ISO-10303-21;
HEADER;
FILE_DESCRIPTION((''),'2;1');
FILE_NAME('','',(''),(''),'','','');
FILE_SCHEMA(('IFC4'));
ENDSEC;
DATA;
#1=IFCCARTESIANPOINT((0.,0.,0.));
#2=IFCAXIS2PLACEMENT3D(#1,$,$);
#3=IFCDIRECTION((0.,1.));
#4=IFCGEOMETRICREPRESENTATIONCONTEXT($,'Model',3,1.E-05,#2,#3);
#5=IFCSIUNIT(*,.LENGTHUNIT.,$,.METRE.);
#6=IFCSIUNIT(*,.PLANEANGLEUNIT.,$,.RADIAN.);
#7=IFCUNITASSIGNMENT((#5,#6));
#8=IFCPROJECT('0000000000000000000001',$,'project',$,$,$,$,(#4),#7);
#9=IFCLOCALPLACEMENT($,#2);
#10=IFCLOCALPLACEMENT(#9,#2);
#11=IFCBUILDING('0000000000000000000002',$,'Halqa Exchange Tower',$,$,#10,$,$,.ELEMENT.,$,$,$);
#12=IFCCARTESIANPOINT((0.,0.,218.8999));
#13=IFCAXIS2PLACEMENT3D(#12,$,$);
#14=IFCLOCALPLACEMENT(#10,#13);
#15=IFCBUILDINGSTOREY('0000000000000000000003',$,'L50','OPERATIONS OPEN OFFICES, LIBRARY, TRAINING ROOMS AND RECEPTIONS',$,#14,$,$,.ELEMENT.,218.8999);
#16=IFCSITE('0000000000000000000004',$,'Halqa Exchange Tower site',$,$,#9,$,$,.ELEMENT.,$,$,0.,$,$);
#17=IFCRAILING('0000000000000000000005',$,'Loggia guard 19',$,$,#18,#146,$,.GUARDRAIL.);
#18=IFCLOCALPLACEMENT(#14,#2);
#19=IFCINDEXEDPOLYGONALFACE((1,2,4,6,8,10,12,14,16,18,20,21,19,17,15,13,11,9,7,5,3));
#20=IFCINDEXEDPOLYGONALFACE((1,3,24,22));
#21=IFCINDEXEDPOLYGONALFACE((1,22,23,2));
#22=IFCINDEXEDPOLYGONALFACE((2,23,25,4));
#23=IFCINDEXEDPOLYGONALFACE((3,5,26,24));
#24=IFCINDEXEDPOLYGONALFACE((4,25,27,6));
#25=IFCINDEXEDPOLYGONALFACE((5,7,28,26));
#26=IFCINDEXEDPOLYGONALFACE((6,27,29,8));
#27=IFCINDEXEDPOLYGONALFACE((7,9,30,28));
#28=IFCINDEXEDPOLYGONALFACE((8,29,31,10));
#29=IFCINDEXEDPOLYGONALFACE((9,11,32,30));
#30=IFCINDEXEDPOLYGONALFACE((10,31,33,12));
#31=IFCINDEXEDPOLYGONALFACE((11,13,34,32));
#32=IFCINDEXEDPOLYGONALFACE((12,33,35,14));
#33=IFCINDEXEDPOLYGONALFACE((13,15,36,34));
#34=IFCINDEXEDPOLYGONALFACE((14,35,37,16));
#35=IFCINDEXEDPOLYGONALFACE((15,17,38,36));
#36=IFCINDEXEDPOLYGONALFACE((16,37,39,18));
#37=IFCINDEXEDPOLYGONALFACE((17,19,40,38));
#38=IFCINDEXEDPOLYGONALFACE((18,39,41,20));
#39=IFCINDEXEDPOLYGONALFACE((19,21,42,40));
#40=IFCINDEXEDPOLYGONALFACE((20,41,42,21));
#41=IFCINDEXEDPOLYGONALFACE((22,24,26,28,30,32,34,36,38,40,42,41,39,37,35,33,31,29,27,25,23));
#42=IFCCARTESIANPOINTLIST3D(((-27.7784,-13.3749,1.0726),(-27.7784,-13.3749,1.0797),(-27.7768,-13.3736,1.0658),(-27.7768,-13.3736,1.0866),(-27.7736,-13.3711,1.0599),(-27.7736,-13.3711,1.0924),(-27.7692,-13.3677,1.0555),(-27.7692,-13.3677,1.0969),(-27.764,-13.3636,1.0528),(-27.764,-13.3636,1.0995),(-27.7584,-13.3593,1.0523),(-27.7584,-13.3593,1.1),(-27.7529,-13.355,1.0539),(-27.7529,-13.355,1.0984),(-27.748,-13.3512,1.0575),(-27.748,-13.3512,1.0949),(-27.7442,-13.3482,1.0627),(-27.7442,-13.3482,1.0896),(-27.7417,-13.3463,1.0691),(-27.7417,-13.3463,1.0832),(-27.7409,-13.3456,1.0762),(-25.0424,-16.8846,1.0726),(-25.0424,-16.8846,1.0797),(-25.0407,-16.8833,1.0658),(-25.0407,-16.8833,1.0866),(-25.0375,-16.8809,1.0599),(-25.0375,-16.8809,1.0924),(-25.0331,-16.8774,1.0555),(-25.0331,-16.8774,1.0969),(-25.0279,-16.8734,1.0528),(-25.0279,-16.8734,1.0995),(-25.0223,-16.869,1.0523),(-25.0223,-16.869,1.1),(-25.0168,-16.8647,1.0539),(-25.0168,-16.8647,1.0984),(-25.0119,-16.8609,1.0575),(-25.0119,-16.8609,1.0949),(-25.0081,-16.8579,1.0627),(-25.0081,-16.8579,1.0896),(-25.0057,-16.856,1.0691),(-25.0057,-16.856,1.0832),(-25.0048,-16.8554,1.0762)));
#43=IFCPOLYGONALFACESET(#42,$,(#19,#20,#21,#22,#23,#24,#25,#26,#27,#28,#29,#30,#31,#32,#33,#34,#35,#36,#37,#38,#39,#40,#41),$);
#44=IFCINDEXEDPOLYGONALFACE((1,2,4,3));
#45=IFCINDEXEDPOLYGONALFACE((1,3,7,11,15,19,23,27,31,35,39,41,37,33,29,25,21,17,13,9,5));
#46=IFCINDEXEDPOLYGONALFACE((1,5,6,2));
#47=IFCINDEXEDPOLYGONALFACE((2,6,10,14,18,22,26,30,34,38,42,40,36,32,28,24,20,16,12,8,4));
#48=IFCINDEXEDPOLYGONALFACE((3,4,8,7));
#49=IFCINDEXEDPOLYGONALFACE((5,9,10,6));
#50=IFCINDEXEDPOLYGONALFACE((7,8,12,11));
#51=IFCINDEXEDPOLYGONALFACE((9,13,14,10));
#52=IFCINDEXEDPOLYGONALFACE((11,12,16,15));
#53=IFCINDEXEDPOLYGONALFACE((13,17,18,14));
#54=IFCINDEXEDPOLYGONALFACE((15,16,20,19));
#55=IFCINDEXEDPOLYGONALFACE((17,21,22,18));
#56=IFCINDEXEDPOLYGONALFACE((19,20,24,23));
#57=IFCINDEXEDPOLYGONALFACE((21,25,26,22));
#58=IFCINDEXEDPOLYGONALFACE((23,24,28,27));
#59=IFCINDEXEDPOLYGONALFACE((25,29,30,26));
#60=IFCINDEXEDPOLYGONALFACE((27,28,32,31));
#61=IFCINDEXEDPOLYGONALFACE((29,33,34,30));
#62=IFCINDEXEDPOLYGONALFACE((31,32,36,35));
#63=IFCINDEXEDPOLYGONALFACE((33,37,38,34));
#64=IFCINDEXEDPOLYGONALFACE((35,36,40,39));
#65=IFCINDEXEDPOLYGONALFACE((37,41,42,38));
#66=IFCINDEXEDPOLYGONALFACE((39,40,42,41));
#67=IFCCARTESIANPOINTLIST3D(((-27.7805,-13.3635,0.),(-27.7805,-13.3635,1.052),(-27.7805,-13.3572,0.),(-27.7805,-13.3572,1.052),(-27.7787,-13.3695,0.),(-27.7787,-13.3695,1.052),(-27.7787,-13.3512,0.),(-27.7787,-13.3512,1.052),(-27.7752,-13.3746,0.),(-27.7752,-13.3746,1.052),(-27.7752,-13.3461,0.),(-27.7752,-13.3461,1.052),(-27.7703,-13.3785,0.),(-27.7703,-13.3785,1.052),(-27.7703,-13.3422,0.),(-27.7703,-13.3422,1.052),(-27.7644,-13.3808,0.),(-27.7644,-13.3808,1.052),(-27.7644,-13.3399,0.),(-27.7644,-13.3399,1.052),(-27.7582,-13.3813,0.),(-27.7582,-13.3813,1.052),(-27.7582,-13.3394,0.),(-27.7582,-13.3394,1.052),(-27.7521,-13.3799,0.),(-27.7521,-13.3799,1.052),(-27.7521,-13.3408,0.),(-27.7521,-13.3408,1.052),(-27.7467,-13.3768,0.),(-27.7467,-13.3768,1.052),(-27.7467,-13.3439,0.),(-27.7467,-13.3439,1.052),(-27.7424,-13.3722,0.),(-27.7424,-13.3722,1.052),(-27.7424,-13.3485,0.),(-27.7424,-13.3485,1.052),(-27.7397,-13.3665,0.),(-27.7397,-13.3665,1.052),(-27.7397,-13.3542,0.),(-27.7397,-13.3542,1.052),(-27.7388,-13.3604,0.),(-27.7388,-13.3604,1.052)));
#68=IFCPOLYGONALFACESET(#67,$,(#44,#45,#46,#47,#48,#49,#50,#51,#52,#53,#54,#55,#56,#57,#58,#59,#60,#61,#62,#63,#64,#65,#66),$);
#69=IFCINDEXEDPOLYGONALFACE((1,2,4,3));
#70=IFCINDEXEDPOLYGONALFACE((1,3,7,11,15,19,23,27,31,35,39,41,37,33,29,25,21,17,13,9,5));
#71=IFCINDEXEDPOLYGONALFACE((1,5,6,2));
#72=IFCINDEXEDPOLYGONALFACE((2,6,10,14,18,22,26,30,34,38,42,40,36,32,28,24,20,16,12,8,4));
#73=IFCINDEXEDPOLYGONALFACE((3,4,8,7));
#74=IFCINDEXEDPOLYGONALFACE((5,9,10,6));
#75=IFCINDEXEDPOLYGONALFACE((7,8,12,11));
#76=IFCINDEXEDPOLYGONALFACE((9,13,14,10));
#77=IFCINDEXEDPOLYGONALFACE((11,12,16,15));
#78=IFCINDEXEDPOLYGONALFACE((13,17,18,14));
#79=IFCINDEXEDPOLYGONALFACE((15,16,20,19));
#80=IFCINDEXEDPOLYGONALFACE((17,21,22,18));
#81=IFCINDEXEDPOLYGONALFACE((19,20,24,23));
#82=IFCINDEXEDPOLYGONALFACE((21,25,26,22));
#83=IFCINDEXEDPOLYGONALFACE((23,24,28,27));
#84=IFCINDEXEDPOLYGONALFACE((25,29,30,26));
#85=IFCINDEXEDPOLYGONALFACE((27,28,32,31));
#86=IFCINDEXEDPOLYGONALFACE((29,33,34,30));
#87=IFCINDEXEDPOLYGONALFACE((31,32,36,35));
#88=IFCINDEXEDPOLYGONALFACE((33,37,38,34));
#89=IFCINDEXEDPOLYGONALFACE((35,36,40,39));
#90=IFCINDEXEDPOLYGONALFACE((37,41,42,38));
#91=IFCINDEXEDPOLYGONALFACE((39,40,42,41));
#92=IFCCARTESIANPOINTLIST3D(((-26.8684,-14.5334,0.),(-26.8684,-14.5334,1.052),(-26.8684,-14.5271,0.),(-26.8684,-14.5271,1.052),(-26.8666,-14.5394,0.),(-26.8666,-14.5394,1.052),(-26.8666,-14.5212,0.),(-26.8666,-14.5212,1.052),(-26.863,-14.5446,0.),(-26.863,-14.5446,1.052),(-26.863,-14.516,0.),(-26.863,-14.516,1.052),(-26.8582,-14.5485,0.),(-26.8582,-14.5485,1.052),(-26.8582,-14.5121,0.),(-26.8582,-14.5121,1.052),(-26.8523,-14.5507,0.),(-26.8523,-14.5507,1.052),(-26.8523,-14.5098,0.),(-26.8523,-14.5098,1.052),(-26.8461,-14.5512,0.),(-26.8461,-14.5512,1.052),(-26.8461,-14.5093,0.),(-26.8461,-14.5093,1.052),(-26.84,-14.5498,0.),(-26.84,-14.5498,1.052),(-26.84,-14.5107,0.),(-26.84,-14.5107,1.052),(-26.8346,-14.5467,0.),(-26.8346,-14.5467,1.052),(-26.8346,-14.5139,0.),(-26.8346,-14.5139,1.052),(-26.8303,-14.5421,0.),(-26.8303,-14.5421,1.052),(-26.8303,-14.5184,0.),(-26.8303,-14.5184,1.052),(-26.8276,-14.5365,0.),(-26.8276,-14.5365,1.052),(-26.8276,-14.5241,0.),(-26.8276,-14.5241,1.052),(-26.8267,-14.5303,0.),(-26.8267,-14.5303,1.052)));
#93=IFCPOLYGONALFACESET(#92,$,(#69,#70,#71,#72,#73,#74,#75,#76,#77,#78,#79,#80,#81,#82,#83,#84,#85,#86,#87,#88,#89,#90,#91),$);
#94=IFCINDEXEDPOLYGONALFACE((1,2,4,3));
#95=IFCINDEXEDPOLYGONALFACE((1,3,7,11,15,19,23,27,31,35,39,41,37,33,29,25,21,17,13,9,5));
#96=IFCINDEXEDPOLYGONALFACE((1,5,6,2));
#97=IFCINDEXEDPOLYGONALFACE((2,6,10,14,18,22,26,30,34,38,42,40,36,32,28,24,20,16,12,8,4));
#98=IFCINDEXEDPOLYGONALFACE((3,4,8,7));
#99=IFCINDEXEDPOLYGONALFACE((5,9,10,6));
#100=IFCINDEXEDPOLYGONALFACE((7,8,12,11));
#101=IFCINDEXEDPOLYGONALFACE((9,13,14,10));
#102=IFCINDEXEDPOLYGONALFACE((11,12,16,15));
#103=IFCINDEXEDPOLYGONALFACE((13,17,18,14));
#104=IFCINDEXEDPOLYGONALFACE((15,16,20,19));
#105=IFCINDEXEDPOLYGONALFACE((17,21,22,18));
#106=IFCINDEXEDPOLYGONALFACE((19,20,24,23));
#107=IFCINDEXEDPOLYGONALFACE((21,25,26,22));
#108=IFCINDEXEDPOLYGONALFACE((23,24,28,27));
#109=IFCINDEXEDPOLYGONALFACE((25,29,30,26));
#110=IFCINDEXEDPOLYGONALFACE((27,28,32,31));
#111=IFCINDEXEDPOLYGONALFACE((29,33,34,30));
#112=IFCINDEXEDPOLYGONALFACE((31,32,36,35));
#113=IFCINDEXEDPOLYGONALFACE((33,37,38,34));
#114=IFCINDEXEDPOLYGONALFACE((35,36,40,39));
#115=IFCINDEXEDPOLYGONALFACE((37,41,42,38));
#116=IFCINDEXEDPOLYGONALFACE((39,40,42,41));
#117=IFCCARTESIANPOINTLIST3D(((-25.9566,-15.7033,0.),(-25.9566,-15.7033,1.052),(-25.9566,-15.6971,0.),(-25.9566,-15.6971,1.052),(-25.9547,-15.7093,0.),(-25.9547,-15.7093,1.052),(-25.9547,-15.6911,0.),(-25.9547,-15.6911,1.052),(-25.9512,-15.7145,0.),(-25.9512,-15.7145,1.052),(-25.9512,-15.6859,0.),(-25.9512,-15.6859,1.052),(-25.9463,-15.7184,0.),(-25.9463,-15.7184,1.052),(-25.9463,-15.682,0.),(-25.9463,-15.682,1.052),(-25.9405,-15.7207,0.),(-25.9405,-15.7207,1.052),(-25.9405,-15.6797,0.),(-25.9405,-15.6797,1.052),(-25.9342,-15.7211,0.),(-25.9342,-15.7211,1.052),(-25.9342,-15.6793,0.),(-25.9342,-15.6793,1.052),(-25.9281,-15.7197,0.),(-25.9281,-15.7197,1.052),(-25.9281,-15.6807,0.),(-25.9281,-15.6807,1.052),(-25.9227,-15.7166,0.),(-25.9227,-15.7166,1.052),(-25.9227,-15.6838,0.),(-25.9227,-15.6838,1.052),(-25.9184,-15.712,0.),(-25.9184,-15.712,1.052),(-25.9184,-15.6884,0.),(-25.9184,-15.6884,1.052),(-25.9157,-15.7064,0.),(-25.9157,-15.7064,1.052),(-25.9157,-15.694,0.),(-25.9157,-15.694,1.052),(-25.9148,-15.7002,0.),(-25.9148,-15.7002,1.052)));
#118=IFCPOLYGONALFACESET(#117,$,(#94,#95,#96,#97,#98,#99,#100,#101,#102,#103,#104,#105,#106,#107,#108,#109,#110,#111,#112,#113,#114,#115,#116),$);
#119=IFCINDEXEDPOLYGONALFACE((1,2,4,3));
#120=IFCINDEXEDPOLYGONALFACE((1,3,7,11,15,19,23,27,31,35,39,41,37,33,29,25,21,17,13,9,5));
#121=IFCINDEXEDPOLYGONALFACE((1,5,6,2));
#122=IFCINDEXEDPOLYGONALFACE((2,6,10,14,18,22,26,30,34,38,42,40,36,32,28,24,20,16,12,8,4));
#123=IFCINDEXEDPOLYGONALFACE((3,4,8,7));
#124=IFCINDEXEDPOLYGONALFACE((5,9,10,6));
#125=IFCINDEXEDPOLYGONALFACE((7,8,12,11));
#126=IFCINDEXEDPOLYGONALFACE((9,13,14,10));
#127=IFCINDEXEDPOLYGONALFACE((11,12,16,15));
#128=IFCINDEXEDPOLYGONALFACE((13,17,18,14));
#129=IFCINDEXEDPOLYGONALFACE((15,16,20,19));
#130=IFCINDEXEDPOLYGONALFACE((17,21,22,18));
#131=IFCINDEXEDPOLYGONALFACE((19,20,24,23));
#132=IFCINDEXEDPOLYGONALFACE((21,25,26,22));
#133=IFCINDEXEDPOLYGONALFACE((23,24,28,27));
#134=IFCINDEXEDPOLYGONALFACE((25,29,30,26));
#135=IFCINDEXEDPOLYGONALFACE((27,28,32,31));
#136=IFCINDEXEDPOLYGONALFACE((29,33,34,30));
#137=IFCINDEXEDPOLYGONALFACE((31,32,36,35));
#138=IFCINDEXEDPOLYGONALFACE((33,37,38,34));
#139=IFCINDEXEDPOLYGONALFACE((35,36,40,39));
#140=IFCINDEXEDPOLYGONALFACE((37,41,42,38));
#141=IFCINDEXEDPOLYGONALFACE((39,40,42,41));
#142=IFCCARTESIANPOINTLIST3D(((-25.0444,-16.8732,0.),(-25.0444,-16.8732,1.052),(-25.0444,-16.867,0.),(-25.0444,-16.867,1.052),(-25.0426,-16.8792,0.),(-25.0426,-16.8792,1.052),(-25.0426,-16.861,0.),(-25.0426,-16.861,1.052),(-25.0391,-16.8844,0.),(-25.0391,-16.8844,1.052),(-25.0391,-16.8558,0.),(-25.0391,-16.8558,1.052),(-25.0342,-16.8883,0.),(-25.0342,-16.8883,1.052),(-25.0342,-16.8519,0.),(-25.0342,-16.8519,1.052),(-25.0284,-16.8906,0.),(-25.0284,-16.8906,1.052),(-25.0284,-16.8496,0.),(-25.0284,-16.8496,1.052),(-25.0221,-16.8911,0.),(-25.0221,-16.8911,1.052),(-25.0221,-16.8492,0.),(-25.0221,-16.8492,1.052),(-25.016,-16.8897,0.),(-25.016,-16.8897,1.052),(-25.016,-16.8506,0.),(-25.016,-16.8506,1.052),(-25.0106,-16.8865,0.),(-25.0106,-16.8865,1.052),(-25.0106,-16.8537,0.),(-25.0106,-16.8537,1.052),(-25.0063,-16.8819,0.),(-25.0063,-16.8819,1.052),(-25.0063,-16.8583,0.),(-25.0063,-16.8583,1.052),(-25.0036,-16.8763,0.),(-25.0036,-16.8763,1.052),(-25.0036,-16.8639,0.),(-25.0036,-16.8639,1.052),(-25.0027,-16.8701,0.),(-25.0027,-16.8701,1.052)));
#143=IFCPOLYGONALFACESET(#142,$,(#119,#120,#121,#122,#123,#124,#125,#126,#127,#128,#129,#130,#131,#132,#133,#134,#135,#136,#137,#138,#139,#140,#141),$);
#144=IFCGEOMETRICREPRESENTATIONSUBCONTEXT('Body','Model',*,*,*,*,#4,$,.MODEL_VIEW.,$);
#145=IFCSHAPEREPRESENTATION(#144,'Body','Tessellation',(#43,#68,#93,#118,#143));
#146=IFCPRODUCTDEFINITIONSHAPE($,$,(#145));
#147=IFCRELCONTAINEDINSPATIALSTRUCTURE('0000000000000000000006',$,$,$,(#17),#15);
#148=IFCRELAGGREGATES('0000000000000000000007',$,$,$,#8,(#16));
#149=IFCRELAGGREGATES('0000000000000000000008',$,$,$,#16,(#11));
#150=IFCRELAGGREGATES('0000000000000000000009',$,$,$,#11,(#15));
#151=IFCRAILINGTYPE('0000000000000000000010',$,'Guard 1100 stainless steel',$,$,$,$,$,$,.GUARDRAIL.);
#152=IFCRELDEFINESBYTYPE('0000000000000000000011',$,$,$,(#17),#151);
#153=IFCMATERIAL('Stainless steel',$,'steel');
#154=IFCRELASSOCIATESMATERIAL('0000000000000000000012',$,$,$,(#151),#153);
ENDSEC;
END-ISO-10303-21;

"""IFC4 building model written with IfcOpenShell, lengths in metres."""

from ifc_helpers import new_model, si_unit, direction, frame, origin, origin_2d, place, context, subcontext, project, spatial, circle, extrude, material, type_object, element, save


model = new_model("IFC4")

# Units and contexts
model_context = context("Model", 3, precision=1e-05, world=origin(), true_north=direction((0.0, 1.0)))
body_context = subcontext(model_context, "Body", "Model", "MODEL_VIEW")
ifc_project = project(units=[si_unit("LENGTHUNIT", "METRE"), si_unit("PLANEANGLEUNIT", "RADIAN")], contexts=[model_context])

# Site, building, storey
site_placement = place(None, origin())
site = spatial("IfcSite", under=ifc_project, at=site_placement, Name="Halqa Exchange Tower site", CompositionType="ELEMENT", RefElevation=0.0)
building_placement = place(site_placement, origin())
building = spatial("IfcBuilding", under=site, at=building_placement, Name="Halqa Exchange Tower", CompositionType="ELEMENT")
storey_placement = place(building_placement, frame((0.0, 0.0, 218.8999)))
storey = spatial("IfcBuildingStorey", under=building, at=storey_placement, Name="L50", Description="OPERATIONS OPEN OFFICES, LIBRARY, TRAINING ROOMS AND RECEPTIONS", CompositionType="ELEMENT", Elevation=218.8999)

# Railing
ifc_material_1 = material(Name="Stainless steel", Category="steel")
railing_type = type_object("IfcRailingType", Name="Guard 1100 stainless steel", PredefinedType="GUARDRAIL", material=ifc_material_1)
railing_1_placement = place(storey_placement, frame((-27.7598, -13.3604, 0.0)))
element("IfcRailing", 1, at=railing_1_placement, inside=storey, type_object=railing_type, Name="Loggia guard 19", PredefinedType="GUARDRAIL", context=body_context, shape_type="SweptSolid", body=[
    extrude(circle(Radius=0.0239, at=origin_2d()), frame((0.0, 0.0, 1.0762), z_axis=(0.614818, -0.788669, 0.0), x_axis=(0.788669, 0.614818, 0.0)), (0.0, 0.0, 1.0), 4.4502),
    extrude(circle(Radius=0.021, at=origin_2d()), origin(), (0.0, 0.0, 1.0), 1.052),
    extrude(circle(Radius=0.021, at=origin_2d()), frame((0.9121, -1.1699, 0.0)), (0.0, 0.0, 1.0), 1.052),
    extrude(circle(Radius=0.021, at=origin_2d()), frame((1.824, -2.3398, 0.0)), (0.0, 0.0, 1.0), 1.052),
    extrude(circle(Radius=0.021, at=origin_2d()), frame((2.7361, -3.5098, 0.0)), (0.0, 0.0, 1.0), 1.052),
])

save(model, "model.ifc")
